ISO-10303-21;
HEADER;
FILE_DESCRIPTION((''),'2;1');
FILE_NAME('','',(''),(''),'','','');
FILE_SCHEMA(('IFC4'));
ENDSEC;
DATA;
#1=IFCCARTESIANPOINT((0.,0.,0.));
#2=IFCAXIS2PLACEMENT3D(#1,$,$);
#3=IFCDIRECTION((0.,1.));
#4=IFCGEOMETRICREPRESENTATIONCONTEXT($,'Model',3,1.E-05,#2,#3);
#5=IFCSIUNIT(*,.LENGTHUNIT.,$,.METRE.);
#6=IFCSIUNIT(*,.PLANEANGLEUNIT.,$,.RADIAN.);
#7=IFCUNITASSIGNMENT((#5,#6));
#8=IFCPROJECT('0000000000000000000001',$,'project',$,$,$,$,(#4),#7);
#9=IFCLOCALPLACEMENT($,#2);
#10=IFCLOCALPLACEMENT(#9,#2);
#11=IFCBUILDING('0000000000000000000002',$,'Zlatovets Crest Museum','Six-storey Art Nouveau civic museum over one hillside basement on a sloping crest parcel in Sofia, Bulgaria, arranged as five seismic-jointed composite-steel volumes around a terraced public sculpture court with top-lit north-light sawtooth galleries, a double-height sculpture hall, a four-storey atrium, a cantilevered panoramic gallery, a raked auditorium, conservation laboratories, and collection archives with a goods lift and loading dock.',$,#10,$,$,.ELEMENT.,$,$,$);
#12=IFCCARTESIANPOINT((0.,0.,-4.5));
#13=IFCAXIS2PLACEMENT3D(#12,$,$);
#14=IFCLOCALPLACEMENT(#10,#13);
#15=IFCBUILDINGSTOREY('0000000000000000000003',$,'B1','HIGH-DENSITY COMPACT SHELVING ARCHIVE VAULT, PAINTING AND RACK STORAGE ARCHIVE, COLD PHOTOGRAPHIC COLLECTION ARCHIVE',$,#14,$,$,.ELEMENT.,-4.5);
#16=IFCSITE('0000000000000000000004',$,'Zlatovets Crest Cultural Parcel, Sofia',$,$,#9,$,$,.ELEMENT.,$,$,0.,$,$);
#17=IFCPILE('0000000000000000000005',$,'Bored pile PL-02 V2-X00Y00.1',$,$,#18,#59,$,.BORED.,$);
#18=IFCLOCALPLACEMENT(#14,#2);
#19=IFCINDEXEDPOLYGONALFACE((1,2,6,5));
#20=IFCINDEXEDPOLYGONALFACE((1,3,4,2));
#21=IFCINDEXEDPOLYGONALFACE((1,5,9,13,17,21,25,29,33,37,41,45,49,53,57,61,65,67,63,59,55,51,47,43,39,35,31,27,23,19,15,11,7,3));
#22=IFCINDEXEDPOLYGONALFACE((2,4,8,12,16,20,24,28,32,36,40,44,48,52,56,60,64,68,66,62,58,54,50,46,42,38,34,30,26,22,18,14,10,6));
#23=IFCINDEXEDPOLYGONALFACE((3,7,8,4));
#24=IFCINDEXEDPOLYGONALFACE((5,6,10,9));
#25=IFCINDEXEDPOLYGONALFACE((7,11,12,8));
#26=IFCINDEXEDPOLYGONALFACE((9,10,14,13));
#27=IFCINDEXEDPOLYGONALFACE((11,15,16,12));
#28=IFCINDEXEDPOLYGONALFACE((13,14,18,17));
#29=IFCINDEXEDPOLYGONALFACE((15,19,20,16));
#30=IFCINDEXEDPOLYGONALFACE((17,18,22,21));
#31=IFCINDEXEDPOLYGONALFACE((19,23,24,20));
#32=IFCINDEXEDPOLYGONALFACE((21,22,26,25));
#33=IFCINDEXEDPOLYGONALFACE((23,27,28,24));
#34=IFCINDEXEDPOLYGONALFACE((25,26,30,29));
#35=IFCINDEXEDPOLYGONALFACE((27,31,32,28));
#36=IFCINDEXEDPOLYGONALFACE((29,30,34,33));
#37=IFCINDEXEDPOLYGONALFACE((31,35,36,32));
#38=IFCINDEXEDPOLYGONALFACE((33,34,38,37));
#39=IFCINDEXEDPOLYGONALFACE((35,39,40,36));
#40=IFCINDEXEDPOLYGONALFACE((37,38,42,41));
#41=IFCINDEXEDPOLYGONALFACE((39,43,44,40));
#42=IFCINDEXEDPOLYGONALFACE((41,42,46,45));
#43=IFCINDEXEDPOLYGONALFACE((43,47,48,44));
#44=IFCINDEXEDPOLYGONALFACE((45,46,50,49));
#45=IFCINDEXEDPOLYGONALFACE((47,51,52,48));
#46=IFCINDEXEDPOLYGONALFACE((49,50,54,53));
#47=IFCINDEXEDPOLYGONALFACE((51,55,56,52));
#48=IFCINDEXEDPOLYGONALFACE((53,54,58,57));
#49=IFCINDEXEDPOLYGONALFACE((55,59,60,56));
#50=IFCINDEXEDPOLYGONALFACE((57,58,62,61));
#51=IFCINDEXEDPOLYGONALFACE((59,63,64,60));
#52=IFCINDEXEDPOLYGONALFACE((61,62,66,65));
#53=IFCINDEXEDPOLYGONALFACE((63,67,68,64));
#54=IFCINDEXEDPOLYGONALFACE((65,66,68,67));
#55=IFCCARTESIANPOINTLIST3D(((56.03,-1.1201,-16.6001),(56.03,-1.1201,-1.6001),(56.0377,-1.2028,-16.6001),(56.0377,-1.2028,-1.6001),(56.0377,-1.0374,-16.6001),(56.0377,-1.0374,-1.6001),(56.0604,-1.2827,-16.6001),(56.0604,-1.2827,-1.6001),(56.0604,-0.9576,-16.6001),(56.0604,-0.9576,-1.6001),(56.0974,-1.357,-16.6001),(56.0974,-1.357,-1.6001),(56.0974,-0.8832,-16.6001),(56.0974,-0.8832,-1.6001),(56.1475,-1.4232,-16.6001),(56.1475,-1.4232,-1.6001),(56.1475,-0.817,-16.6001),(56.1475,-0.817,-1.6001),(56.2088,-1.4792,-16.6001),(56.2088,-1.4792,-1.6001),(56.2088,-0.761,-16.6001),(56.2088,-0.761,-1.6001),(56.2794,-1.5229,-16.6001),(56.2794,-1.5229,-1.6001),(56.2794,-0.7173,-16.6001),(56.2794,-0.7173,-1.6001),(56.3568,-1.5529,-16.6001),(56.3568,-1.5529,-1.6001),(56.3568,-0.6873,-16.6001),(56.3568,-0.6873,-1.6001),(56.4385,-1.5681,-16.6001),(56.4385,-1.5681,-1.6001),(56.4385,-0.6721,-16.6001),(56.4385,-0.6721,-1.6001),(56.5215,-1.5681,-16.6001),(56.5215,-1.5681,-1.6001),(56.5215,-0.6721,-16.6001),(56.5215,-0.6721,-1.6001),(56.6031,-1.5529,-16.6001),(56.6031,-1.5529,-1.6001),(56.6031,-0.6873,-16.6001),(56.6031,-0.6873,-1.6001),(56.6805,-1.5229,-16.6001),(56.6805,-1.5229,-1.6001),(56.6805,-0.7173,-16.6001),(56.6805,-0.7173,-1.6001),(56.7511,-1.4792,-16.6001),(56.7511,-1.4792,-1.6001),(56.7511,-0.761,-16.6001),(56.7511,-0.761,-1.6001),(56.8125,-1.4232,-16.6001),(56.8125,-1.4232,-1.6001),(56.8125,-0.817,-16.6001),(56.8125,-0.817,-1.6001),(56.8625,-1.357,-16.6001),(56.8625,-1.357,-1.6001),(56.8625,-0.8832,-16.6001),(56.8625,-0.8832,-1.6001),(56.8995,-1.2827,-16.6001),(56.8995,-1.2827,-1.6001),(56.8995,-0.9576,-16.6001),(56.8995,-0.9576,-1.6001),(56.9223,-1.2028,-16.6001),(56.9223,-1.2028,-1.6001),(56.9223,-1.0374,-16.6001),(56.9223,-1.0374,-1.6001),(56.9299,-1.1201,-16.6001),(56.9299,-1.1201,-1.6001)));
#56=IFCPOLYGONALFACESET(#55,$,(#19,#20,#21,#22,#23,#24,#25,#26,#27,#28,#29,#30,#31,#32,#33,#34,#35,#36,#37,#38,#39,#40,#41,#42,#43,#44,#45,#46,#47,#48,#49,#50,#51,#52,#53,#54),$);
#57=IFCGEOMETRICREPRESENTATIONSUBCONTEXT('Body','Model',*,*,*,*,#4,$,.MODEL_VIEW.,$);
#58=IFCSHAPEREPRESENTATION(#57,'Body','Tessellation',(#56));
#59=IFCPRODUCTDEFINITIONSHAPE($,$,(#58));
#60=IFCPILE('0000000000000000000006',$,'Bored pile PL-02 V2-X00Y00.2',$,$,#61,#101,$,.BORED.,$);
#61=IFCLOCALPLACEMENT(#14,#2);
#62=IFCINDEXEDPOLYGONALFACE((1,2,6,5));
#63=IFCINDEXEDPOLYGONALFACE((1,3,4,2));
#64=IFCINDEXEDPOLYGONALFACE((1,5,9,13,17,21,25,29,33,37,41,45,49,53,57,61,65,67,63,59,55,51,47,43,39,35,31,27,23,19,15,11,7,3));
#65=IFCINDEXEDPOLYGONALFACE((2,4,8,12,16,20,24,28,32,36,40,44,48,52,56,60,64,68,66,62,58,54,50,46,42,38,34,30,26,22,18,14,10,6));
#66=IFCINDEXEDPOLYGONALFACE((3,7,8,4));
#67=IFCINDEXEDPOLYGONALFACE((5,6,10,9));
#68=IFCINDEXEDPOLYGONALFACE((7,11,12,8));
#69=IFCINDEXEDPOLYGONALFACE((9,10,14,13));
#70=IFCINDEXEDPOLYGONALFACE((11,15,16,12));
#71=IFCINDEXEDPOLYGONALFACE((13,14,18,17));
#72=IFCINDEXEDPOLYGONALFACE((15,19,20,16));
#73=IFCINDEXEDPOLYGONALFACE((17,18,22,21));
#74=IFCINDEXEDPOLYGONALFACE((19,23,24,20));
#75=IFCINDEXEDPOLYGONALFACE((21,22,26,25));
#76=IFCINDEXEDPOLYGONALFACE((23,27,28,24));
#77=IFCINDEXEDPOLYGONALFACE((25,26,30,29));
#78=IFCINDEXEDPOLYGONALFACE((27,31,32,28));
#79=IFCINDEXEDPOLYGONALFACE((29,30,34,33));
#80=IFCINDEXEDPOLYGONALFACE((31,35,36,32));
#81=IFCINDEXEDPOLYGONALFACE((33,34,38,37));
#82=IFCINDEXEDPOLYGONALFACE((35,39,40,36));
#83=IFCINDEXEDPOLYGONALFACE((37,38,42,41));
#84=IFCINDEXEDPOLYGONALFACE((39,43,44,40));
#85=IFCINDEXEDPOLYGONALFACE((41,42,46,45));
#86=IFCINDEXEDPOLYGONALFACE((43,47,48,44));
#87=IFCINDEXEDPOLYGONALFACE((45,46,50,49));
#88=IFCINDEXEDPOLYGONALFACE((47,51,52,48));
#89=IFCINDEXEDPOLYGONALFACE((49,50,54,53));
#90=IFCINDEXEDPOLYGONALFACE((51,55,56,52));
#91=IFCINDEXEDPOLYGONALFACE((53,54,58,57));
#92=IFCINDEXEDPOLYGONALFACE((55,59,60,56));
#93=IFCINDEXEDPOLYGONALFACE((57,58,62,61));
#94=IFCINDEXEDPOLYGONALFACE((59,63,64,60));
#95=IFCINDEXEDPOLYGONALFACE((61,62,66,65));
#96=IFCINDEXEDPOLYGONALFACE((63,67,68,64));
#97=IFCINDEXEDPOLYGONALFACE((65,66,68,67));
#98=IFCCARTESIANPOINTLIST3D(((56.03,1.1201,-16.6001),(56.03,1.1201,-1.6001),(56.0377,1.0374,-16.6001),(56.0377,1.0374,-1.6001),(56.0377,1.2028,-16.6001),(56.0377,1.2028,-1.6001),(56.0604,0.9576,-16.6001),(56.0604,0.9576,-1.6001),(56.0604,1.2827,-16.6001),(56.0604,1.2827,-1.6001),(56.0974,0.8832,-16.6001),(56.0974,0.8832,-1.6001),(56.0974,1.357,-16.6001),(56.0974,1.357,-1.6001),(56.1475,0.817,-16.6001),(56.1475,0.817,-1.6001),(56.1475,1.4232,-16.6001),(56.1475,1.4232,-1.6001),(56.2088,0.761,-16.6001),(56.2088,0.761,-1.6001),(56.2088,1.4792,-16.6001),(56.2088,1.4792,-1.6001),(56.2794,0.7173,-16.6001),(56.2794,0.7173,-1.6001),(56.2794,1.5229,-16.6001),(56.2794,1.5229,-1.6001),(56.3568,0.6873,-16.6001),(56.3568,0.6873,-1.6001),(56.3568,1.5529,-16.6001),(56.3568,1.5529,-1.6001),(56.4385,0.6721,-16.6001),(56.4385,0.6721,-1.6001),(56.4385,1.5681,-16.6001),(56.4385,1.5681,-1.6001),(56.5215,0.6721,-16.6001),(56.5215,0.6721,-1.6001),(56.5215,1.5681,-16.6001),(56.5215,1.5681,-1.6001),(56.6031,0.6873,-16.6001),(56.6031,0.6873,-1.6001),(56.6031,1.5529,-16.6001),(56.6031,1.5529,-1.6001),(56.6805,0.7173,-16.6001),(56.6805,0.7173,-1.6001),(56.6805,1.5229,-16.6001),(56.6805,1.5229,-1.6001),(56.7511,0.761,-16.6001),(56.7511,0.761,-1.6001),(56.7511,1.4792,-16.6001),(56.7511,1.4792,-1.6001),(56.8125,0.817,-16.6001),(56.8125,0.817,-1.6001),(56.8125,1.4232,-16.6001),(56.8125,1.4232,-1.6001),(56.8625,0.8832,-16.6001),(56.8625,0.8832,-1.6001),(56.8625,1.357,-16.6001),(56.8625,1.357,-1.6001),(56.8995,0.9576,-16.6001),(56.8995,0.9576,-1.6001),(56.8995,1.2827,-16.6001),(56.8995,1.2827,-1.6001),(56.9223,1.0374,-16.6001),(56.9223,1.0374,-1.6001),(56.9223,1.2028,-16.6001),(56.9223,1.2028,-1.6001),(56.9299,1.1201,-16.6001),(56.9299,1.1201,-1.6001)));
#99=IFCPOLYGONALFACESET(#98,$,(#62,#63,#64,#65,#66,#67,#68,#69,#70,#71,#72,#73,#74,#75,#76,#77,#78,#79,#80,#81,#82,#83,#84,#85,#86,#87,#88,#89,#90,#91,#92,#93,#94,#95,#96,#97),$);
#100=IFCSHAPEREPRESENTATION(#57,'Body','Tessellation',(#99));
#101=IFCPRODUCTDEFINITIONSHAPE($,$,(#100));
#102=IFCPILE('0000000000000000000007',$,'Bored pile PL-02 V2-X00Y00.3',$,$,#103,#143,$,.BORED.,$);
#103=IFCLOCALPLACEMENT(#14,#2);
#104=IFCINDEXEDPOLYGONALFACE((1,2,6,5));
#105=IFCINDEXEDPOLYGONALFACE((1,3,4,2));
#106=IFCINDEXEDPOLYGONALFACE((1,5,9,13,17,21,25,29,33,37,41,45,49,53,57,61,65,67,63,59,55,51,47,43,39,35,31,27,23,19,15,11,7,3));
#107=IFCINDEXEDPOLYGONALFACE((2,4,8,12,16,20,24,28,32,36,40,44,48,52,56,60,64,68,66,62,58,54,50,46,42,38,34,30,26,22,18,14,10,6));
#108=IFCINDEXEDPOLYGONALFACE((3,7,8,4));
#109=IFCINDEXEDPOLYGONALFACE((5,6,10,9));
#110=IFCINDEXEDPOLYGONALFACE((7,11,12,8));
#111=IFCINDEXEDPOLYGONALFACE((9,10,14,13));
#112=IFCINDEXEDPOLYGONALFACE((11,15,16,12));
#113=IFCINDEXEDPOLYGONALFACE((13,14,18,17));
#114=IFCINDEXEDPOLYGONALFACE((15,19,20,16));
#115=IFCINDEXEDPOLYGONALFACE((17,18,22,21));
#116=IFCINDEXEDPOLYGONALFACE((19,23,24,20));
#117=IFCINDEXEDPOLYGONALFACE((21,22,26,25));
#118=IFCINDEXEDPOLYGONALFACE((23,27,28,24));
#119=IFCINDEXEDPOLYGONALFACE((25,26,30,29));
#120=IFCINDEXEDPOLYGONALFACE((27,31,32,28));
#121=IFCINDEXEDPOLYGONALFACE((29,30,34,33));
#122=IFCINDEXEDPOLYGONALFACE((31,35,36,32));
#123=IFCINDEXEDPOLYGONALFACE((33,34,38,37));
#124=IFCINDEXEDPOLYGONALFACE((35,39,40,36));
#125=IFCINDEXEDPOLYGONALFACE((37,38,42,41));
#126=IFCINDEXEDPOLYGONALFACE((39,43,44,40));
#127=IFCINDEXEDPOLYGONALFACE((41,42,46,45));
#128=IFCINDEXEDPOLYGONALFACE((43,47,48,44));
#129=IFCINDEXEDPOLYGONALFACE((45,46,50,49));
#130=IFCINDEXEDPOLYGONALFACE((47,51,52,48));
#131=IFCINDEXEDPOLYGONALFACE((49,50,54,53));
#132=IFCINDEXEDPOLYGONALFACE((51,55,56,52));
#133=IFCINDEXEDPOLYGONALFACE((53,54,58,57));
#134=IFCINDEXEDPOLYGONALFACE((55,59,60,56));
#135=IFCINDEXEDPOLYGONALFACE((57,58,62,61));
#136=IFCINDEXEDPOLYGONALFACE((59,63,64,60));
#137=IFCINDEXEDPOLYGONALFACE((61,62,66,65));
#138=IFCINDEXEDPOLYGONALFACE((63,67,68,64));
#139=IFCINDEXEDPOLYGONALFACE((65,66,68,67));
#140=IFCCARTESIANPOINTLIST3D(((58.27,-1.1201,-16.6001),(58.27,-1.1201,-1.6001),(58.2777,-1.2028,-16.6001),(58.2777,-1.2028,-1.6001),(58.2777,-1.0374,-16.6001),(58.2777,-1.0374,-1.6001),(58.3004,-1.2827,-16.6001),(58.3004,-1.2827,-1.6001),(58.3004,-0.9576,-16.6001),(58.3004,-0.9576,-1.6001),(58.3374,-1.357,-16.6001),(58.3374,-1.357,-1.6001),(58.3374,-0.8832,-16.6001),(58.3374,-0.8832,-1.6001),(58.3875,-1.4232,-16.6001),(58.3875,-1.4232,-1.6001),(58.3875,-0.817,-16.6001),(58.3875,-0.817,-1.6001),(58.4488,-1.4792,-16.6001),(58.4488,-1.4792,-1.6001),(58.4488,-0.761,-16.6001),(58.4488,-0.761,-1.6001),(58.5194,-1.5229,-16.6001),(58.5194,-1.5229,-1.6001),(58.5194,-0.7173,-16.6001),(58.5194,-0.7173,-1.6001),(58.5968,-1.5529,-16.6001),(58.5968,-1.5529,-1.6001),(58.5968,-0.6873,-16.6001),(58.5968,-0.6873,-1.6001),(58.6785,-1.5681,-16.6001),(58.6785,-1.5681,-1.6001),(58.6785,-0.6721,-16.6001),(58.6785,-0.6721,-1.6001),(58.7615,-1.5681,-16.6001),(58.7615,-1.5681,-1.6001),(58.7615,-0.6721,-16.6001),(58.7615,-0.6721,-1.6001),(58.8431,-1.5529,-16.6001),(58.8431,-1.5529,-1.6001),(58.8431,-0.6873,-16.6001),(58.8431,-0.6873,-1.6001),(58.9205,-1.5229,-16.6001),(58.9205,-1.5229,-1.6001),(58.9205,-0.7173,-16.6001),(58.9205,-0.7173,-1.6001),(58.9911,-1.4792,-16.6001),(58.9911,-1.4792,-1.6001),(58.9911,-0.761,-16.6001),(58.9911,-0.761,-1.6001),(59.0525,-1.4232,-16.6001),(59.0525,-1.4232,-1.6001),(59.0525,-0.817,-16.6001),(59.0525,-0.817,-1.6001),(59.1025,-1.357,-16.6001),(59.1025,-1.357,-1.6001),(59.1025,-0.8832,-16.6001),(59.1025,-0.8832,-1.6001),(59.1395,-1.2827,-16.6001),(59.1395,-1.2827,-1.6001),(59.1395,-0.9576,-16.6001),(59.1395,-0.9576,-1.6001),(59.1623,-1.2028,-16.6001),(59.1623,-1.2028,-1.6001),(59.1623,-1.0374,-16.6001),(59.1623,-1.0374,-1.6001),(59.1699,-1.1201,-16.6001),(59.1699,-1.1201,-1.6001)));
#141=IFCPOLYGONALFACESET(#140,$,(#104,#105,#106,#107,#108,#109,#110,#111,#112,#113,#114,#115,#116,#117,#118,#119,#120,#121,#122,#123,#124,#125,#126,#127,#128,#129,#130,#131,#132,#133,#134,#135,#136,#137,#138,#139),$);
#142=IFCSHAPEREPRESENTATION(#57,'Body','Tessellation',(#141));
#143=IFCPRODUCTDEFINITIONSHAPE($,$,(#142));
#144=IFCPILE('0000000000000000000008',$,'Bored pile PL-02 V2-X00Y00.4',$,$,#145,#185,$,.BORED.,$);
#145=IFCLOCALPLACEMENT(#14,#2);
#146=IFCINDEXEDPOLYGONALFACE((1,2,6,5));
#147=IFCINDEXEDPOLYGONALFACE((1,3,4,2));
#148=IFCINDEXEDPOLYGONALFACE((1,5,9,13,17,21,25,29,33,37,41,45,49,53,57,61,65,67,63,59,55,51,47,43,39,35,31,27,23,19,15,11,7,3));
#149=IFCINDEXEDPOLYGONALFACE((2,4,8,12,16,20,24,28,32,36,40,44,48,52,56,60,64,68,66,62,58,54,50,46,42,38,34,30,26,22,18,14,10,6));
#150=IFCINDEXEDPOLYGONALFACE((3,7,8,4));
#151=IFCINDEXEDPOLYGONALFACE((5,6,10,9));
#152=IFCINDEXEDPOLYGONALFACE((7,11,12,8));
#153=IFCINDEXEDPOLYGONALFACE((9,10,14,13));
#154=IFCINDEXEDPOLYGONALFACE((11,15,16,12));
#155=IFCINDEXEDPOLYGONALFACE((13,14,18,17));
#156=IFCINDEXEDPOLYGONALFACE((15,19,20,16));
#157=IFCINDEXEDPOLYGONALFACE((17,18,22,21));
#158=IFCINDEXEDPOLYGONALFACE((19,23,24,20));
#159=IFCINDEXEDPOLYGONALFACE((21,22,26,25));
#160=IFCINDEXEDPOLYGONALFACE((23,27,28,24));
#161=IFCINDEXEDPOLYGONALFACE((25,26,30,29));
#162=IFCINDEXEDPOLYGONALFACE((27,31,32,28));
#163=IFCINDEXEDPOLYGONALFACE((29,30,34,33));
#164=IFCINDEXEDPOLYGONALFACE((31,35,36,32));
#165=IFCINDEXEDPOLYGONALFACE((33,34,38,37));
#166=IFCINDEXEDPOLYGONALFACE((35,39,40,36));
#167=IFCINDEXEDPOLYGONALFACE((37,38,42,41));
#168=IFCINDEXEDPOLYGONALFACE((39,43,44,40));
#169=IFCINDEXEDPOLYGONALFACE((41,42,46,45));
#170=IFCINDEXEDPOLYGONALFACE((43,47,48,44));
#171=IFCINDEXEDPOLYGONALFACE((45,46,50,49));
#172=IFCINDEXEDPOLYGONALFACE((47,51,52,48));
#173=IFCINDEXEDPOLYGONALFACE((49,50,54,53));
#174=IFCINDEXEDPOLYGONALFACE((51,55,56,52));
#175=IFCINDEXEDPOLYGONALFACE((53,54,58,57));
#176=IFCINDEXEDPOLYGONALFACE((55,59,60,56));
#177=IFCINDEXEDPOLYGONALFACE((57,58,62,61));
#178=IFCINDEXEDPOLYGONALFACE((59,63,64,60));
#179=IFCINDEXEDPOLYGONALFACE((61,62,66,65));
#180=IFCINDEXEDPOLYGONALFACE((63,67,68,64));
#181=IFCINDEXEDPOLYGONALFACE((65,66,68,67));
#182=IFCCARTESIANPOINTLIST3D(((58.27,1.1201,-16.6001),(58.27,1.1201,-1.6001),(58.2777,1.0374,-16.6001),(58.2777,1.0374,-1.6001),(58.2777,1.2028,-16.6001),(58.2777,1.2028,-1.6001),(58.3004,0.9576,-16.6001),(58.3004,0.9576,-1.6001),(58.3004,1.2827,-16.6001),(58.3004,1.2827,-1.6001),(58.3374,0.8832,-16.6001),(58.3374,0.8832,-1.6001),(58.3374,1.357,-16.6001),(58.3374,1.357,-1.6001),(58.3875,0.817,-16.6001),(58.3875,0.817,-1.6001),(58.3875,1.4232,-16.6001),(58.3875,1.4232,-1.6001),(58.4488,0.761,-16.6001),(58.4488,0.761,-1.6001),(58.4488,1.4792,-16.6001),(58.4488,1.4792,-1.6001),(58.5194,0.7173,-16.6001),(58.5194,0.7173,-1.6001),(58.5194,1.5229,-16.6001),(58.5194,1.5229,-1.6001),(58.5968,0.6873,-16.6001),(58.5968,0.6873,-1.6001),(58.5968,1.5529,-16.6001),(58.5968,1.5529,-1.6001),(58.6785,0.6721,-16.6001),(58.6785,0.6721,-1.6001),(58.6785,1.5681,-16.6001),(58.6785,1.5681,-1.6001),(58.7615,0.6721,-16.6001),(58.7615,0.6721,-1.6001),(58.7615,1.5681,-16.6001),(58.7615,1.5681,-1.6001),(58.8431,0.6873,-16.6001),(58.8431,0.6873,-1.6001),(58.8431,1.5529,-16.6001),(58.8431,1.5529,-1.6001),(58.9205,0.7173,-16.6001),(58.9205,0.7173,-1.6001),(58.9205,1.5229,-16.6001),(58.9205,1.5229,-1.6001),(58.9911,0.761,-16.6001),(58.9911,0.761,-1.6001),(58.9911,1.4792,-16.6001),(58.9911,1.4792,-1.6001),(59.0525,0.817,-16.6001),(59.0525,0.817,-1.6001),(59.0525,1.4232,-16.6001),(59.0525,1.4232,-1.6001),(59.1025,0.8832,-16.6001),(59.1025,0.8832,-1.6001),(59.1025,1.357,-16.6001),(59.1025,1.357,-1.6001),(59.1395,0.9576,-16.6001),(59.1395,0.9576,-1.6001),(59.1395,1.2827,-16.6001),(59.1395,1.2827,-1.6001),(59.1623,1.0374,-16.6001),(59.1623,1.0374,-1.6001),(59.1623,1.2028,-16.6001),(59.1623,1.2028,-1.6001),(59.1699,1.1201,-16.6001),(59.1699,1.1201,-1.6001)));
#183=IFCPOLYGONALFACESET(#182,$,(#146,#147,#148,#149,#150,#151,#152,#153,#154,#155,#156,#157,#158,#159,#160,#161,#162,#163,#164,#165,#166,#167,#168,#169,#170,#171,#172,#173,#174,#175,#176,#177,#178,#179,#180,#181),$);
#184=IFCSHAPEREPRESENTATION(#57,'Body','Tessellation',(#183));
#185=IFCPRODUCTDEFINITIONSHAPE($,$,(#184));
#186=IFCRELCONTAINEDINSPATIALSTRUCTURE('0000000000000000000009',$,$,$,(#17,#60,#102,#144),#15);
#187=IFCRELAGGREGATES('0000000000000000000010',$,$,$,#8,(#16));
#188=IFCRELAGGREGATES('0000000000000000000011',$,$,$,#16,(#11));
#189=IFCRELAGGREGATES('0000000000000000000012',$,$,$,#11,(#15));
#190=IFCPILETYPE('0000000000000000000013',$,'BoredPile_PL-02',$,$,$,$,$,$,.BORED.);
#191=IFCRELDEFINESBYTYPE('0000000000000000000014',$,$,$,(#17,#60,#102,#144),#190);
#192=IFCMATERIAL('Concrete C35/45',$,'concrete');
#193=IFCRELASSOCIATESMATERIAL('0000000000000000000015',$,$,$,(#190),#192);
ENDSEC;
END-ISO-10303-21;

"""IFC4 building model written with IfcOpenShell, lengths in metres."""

from ifc_helpers import new_model, si_unit, direction, frame, origin, origin_2d, place, context, subcontext, project, spatial, circle, extrude, material, material_profile, profile_set, type_object, element, save


model = new_model("IFC4")

# Units and contexts
model_context = context("Model", 3, precision=1e-05, world=origin(), true_north=direction((0.0, 1.0)))
body_context = subcontext(model_context, "Body", "Model", "MODEL_VIEW")
ifc_project = project(units=[si_unit("LENGTHUNIT", "METRE"), si_unit("PLANEANGLEUNIT", "RADIAN")], contexts=[model_context])

# Site, building, storey
site_placement = place(None, origin())
site = spatial("IfcSite", under=ifc_project, at=site_placement, Name="Zlatovets Crest Cultural Parcel, Sofia", CompositionType="ELEMENT", RefElevation=0.0)
building_placement = place(site_placement, origin())
building = spatial("IfcBuilding", under=site, at=building_placement, Name="Zlatovets Crest Museum", Description="Six-storey Art Nouveau civic museum over one hillside basement on a sloping crest parcel in Sofia, Bulgaria, arranged as five seismic-jointed composite-steel volumes around a terraced public sculpture court with top-lit north-light sawtooth galleries, a double-height sculpture hall, a four-storey atrium, a cantilevered panoramic gallery, a raked auditorium, conservation laboratories, and collection archives with a goods lift and loading dock.", CompositionType="ELEMENT")
storey_placement = place(building_placement, frame((0.0, 0.0, -4.5)))
storey = spatial("IfcBuildingStorey", under=building, at=storey_placement, Name="B1", Description="HIGH-DENSITY COMPACT SHELVING ARCHIVE VAULT, PAINTING AND RACK STORAGE ARCHIVE, COLD PHOTOGRAPHIC COLLECTION ARCHIVE", CompositionType="ELEMENT", Elevation=-4.5)

# Piles
ifc_material_1 = material(Name="Concrete C35/45", Category="concrete")
ifc_material_profile_1 = material_profile(ifc_material_1, circle(Radius=0.45, at=origin_2d()), Name="PILE D900")
ifc_profile_set_1 = profile_set([ifc_material_profile_1], Name="Concrete C35/45")
pile_type = type_object("IfcPileType", Name="BoredPile_PL-02", PredefinedType="BORED", material=ifc_profile_set_1)
for number, where, z_axis, x_axis, name in (
    (1, (56.48, -1.1201, -1.6001), (0.0, 0.0, -1.0), (1.0, 0.0, 0.0), "Bored pile PL-02 V2-X00Y00.1"),
    (2, (56.48, 1.1201, -1.6001), (0.0, 0.0, -1.0), (1.0, 0.0, 0.0), "Bored pile PL-02 V2-X00Y00.2"),
    (3, (58.72, -1.1201, -1.6001), (0.0, 0.0, -1.0), (1.0, 0.0, 0.0), "Bored pile PL-02 V2-X00Y00.3"),
    (4, (58.72, 1.1201, -1.6001), (0.0, 0.0, -1.0), (1.0, 0.0, 0.0), "Bored pile PL-02 V2-X00Y00.4"),
):
    element("IfcPile", number, at=place(storey_placement, frame(where, z_axis=z_axis, x_axis=x_axis)), inside=storey, type_object=pile_type, Name=name, PredefinedType="BORED", context=body_context, shape_type="SweptSolid", body=[
        extrude(circle(Radius=0.45, at=origin_2d()), origin(), (0.0, 0.0, 1.0), 15.0),
    ])

save(model, "model.ifc")
